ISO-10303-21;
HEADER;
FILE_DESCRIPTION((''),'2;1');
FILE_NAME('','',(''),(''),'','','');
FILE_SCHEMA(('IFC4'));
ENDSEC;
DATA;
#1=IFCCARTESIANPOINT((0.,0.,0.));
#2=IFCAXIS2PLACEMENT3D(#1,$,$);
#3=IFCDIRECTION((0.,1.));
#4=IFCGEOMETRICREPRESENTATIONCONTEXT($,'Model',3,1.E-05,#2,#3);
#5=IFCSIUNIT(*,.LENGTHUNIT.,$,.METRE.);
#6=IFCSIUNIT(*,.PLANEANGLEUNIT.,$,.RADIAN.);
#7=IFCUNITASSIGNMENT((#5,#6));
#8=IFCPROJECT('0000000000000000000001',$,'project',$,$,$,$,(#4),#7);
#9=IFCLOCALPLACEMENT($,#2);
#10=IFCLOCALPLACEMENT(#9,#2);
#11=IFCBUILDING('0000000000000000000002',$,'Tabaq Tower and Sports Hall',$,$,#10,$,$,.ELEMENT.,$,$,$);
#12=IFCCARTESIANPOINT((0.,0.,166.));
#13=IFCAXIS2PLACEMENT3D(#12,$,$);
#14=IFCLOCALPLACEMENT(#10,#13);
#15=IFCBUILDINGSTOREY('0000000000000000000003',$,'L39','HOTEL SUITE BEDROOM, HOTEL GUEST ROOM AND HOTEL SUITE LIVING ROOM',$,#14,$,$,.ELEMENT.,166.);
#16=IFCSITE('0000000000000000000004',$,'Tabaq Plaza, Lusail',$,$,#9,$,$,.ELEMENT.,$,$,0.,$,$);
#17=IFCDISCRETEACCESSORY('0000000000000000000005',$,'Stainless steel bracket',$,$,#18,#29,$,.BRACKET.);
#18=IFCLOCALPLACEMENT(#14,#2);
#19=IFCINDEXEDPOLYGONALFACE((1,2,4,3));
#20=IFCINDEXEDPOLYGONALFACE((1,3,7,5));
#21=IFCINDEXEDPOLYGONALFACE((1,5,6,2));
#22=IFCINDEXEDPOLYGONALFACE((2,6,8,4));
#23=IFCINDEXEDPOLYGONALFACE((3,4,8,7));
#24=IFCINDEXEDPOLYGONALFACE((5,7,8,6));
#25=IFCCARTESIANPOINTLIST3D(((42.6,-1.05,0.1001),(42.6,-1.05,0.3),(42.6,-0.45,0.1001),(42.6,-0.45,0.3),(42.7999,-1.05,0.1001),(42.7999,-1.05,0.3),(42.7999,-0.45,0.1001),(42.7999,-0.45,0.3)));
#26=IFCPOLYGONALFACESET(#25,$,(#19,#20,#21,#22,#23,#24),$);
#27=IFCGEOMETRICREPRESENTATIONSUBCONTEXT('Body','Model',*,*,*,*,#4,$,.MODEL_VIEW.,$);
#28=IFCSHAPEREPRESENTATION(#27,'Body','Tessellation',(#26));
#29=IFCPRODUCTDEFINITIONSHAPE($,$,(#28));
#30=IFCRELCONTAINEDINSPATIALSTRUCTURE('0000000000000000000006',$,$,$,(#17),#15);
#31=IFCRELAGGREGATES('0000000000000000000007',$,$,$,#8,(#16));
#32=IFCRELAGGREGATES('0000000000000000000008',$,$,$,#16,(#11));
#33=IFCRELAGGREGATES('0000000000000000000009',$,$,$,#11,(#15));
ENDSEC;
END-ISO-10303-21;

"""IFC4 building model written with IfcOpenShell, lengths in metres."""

from ifc_helpers import new_model, si_unit, direction, frame, origin, origin_2d, place, context, subcontext, project, spatial, rectangle, extrude, element, save


model = new_model("IFC4")

# Units and contexts
model_context = context("Model", 3, precision=1e-05, world=origin(), true_north=direction((0.0, 1.0)))
body_context = subcontext(model_context, "Body", "Model", "MODEL_VIEW")
ifc_project = project(units=[si_unit("LENGTHUNIT", "METRE"), si_unit("PLANEANGLEUNIT", "RADIAN")], contexts=[model_context])

# Site, building, storey
site_placement = place(None, origin())
site = spatial("IfcSite", under=ifc_project, at=site_placement, Name="Tabaq Plaza, Lusail", CompositionType="ELEMENT", RefElevation=0.0)
building_placement = place(site_placement, origin())
building = spatial("IfcBuilding", under=site, at=building_placement, Name="Tabaq Tower and Sports Hall", CompositionType="ELEMENT")
storey_placement = place(building_placement, frame((0.0, 0.0, 166.0)))
storey = spatial("IfcBuildingStorey", under=building, at=storey_placement, Name="L39", Description="HOTEL SUITE BEDROOM, HOTEL GUEST ROOM AND HOTEL SUITE LIVING ROOM", CompositionType="ELEMENT", Elevation=166.0)

# Discrete accessory
discrete_accessory_placement = place(storey_placement, frame((42.7, -0.75, 0.1001), z_axis=(0.0, 0.0, 1.0), x_axis=(0.0, -1.0, 0.0)))
element("IfcDiscreteAccessory", 1, at=discrete_accessory_placement, inside=storey, Name="Stainless steel bracket", PredefinedType="BRACKET", context=body_context, shape_type="SweptSolid", body=[
    extrude(rectangle(XDim=0.6001, YDim=0.2, at=origin_2d()), origin(), (0.0, 0.0, 1.0), 0.2),
])

save(model, "model.ifc")
